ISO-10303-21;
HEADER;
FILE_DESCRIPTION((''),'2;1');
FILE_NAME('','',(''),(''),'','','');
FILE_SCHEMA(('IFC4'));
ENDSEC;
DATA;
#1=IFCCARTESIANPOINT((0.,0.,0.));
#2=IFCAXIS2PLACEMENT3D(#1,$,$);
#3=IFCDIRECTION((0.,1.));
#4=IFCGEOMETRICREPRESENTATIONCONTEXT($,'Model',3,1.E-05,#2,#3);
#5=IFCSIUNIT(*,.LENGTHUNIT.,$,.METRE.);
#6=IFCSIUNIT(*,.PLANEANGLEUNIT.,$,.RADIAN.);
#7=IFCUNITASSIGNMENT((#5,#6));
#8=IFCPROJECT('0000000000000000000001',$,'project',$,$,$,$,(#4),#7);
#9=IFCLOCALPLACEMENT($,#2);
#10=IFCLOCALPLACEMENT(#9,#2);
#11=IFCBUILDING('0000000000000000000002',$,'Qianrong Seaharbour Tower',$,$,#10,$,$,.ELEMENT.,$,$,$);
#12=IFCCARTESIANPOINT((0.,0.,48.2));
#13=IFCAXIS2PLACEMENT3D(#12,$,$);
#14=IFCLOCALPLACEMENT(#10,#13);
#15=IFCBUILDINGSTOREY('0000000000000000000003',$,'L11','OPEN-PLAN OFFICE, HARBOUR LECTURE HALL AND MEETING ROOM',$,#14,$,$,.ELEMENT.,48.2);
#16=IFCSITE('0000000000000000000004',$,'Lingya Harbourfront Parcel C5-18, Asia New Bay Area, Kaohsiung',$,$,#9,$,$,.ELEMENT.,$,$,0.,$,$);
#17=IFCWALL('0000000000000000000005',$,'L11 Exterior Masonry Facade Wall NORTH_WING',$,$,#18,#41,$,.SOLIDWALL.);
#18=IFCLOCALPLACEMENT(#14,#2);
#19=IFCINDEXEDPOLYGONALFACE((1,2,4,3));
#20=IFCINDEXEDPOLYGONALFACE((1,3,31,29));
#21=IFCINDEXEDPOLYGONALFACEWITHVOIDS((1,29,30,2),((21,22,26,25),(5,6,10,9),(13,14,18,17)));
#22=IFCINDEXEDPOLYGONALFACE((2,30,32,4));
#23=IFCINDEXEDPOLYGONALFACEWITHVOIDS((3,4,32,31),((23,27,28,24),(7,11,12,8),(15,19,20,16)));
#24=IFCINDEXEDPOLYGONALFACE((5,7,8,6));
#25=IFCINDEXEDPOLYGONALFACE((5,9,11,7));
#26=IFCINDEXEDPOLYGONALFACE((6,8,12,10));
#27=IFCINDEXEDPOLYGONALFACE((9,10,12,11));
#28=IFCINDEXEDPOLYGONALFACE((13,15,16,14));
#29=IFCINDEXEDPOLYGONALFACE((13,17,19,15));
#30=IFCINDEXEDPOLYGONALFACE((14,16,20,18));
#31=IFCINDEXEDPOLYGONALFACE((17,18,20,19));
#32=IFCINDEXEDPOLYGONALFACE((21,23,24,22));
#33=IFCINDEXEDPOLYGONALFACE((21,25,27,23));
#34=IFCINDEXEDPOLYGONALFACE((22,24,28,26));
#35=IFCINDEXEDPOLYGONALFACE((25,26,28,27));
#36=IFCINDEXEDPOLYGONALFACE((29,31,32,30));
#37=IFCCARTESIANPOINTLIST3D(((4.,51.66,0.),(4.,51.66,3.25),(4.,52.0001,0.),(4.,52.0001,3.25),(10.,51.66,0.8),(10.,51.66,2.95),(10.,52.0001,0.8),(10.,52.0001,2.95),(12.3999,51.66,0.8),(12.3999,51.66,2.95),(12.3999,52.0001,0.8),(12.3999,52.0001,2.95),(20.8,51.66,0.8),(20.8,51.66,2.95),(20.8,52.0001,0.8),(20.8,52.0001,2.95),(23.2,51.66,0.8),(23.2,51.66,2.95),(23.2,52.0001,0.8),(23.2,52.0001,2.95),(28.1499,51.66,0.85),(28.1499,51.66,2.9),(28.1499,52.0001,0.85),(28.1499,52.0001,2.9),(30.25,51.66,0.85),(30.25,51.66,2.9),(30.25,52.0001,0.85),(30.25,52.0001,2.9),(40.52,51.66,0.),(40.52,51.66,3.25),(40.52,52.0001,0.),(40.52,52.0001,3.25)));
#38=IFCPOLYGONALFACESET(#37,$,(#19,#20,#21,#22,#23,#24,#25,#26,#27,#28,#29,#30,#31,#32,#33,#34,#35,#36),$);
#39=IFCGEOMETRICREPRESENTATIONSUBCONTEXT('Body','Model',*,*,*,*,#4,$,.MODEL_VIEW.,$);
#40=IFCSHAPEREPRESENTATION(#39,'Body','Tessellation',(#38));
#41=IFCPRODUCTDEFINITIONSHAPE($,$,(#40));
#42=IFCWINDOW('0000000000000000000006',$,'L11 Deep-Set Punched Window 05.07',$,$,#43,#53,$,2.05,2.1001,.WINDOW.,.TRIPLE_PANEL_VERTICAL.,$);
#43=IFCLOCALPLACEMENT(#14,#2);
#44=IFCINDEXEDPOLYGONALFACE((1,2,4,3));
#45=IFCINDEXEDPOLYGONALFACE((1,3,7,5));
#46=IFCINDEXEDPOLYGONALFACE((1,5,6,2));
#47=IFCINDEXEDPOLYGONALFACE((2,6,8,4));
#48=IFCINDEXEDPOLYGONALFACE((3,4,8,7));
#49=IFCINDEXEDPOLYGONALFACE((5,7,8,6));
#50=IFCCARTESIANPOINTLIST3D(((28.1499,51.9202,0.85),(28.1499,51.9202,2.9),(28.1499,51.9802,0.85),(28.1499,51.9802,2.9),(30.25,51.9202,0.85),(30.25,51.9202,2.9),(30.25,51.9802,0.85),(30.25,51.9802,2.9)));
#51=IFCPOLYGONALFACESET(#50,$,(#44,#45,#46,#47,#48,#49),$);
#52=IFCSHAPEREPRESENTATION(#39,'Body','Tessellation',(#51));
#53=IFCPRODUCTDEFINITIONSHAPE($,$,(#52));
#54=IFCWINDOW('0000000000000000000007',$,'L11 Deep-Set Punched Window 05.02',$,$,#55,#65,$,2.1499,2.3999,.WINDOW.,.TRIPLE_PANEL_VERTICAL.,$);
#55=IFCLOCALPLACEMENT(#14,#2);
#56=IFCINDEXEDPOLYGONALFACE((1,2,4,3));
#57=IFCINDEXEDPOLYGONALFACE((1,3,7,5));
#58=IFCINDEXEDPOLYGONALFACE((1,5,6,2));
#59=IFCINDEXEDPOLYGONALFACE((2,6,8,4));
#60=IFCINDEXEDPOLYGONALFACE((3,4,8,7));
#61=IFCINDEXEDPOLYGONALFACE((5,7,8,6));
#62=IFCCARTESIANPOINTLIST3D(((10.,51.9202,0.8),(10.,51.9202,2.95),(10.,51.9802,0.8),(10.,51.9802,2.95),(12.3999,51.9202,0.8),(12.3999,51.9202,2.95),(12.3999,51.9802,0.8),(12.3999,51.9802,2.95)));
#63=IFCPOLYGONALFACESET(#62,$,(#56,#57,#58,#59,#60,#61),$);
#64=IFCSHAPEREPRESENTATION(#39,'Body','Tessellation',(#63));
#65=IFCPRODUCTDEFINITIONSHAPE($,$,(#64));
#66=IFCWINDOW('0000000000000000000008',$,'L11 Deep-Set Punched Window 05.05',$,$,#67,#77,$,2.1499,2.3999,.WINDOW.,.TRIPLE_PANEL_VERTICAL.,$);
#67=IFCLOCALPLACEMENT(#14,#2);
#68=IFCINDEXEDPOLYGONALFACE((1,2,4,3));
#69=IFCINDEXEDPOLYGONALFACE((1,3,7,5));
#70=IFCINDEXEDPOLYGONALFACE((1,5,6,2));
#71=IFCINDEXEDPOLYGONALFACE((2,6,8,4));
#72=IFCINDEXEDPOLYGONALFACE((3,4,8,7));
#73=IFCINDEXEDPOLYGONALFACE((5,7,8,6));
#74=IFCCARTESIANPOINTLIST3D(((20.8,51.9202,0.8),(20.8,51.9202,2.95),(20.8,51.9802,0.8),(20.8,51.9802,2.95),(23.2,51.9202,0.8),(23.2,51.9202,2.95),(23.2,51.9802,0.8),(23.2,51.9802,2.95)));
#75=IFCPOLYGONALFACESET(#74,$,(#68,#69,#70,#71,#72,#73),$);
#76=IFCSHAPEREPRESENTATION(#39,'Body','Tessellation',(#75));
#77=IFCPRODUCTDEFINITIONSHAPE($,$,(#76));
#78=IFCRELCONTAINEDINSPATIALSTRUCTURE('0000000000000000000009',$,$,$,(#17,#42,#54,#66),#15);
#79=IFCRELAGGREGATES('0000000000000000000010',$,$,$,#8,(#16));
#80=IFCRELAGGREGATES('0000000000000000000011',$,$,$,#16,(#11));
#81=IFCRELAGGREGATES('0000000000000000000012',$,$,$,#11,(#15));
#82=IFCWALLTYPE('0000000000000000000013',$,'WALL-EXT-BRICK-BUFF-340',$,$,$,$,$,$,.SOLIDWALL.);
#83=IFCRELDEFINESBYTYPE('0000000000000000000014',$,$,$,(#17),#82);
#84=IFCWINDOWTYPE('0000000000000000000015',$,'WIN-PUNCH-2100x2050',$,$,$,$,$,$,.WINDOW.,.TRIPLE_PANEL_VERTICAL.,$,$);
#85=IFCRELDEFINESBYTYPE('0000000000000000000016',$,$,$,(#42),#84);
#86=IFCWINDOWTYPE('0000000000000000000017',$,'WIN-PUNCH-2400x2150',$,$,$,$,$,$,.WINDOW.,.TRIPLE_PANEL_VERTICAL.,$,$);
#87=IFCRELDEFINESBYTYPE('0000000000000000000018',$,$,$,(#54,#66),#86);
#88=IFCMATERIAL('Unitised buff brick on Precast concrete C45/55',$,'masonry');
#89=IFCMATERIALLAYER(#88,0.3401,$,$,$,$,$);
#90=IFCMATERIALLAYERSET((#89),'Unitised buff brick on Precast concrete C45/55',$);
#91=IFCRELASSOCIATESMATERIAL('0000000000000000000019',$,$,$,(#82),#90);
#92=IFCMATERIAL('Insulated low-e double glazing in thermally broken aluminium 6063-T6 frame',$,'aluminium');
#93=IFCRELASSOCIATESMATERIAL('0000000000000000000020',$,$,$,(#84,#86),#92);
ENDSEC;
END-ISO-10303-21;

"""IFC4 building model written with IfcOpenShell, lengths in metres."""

from ifc_helpers import new_model, si_unit, direction, frame, frame_2d, origin, place, context, subcontext, project, spatial, rectangle, extrude, material, layer, layer_set, type_object, element, fill, save


model = new_model("IFC4")

# Units and contexts
model_context = context("Model", 3, precision=1e-05, world=origin(), true_north=direction((0.0, 1.0)))
body_context = subcontext(model_context, "Body", "Model", "MODEL_VIEW")
ifc_project = project(units=[si_unit("LENGTHUNIT", "METRE"), si_unit("PLANEANGLEUNIT", "RADIAN")], contexts=[model_context])

# Site, building, storey
site_placement = place(None, origin())
site = spatial("IfcSite", under=ifc_project, at=site_placement, Name="Lingya Harbourfront Parcel C5-18, Asia New Bay Area, Kaohsiung", CompositionType="ELEMENT", RefElevation=0.0)
building_placement = place(site_placement, origin())
building = spatial("IfcBuilding", under=site, at=building_placement, Name="Qianrong Seaharbour Tower", CompositionType="ELEMENT")
storey_placement = place(building_placement, frame((0.0, 0.0, 48.2)))
storey = spatial("IfcBuildingStorey", under=building, at=storey_placement, Name="L11", Description="OPEN-PLAN OFFICE, HARBOUR LECTURE HALL AND MEETING ROOM", CompositionType="ELEMENT", Elevation=48.2)

# Shared definitions
ifc_material_1 = material(Name="Unitised buff brick on Precast concrete C45/55", Category="masonry")
ifc_layer_1 = layer(ifc_material_1, 0.3401)
ifc_layer_set_1 = layer_set([ifc_layer_1], Name="Unitised buff brick on Precast concrete C45/55")
wall_type_1 = type_object("IfcWallType", Name="WALL-EXT-BRICK-BUFF-340", PredefinedType="SOLIDWALL", material=ifc_layer_set_1)

# Wall, openings, windows
wall_1_placement = place(storey_placement, frame((4.0, 51.8301, 0.0), z_axis=(0.0, 0.0, 1.0), x_axis=(1.0, 0.0, 0.0)))
wall_1 = element("IfcWall", 1, at=wall_1_placement, inside=storey, type_object=wall_type_1, Name="L11 Exterior Masonry Facade Wall NORTH_WING", PredefinedType="SOLIDWALL", context=body_context, shape_type="SweptSolid", body=[
    extrude(rectangle(XDim=36.52, YDim=0.3401, at=frame_2d((18.26, 0.0))), origin(), (0.0, 0.0, 1.0), 3.25),
])
opening_1_placement = place(wall_1_placement, frame((6.0, 0.0, 0.8)))
opening_1 = element("IfcOpeningElement", 2, at=opening_1_placement, cuts=wall_1, PredefinedType="OPENING", context=body_context, shape_type="SweptSolid", body=[
    extrude(rectangle(XDim=2.3999, YDim=2.1499, at=frame_2d((1.2, 1.075))), frame((0.0, 0.1802, 0.0), z_axis=(0.0, -1.0, 0.0), x_axis=(1.0, 0.0, 0.0)), (0.0, 0.0, 1.0), 0.3601),
])
opening_2_placement = place(wall_1_placement, frame((16.8, 0.0, 0.8)))
opening_2 = element("IfcOpeningElement", 3, at=opening_2_placement, cuts=wall_1, PredefinedType="OPENING", context=body_context, shape_type="SweptSolid", body=[
    extrude(rectangle(XDim=2.3999, YDim=2.1499, at=frame_2d((1.2, 1.075))), frame((0.0, 0.1802, 0.0), z_axis=(0.0, -1.0, 0.0), x_axis=(1.0, 0.0, 0.0)), (0.0, 0.0, 1.0), 0.3601),
])
opening_3_placement = place(wall_1_placement, frame((24.1499, 0.0, 0.8501)))
opening_3 = element("IfcOpeningElement", 4, at=opening_3_placement, cuts=wall_1, PredefinedType="OPENING", context=body_context, shape_type="SweptSolid", body=[
    extrude(rectangle(XDim=2.1001, YDim=2.05, at=frame_2d((1.05, 1.0249))), frame((0.0, 0.1802, 0.0), z_axis=(0.0, -1.0, 0.0), x_axis=(1.0, 0.0, 0.0)), (0.0, 0.0, 1.0), 0.3601),
])
ifc_material_2 = material(Name="Insulated low-e double glazing in thermally broken aluminium 6063-T6 frame", Category="aluminium")
window_type_1 = type_object("IfcWindowType", Name="WIN-PUNCH-2100x2050", PartitioningType="TRIPLE_PANEL_VERTICAL", PredefinedType="WINDOW", material=ifc_material_2)
window_1_placement = place(opening_3_placement, origin())
window_1 = element("IfcWindow", 5, at=window_1_placement, inside=storey, type_object=window_type_1, Name="L11 Deep-Set Punched Window 05.07", OverallHeight=2.05, OverallWidth=2.1001, PartitioningType="TRIPLE_PANEL_VERTICAL", PredefinedType="WINDOW", context=body_context, shape_type="SweptSolid", body=[
    extrude(rectangle(XDim=2.1001, YDim=2.05, at=frame_2d((1.05, 1.0249))), frame((0.0, 0.1501, 0.0), z_axis=(0.0, -1.0, 0.0), x_axis=(1.0, 0.0, 0.0)), (0.0, 0.0, 1.0), 0.0601),
])
fill(opening_3, window_1)
window_type_2 = type_object("IfcWindowType", Name="WIN-PUNCH-2400x2150", PartitioningType="TRIPLE_PANEL_VERTICAL", PredefinedType="WINDOW", material=ifc_material_2)
window_2_placement = place(opening_1_placement, origin())
window_2 = element("IfcWindow", 6, at=window_2_placement, inside=storey, type_object=window_type_2, Name="L11 Deep-Set Punched Window 05.02", OverallHeight=2.1499, OverallWidth=2.3999, PartitioningType="TRIPLE_PANEL_VERTICAL", PredefinedType="WINDOW", context=body_context, shape_type="SweptSolid", body=[
    extrude(rectangle(XDim=2.3999, YDim=2.1499, at=frame_2d((1.2, 1.075))), frame((0.0, 0.1501, 0.0), z_axis=(0.0, -1.0, 0.0), x_axis=(1.0, 0.0, 0.0)), (0.0, 0.0, 1.0), 0.0601),
])
fill(opening_1, window_2)
window_3_placement = place(opening_2_placement, origin())
window_3 = element("IfcWindow", 7, at=window_3_placement, inside=storey, type_object=window_type_2, Name="L11 Deep-Set Punched Window 05.05", OverallHeight=2.1499, OverallWidth=2.3999, PartitioningType="TRIPLE_PANEL_VERTICAL", PredefinedType="WINDOW", context=body_context, shape_type="SweptSolid", body=[
    extrude(rectangle(XDim=2.3999, YDim=2.1499, at=frame_2d((1.2, 1.075))), frame((0.0, 0.1501, 0.0), z_axis=(0.0, -1.0, 0.0), x_axis=(1.0, 0.0, 0.0)), (0.0, 0.0, 1.0), 0.0601),
])
fill(opening_2, window_3)

save(model, "model.ifc")
